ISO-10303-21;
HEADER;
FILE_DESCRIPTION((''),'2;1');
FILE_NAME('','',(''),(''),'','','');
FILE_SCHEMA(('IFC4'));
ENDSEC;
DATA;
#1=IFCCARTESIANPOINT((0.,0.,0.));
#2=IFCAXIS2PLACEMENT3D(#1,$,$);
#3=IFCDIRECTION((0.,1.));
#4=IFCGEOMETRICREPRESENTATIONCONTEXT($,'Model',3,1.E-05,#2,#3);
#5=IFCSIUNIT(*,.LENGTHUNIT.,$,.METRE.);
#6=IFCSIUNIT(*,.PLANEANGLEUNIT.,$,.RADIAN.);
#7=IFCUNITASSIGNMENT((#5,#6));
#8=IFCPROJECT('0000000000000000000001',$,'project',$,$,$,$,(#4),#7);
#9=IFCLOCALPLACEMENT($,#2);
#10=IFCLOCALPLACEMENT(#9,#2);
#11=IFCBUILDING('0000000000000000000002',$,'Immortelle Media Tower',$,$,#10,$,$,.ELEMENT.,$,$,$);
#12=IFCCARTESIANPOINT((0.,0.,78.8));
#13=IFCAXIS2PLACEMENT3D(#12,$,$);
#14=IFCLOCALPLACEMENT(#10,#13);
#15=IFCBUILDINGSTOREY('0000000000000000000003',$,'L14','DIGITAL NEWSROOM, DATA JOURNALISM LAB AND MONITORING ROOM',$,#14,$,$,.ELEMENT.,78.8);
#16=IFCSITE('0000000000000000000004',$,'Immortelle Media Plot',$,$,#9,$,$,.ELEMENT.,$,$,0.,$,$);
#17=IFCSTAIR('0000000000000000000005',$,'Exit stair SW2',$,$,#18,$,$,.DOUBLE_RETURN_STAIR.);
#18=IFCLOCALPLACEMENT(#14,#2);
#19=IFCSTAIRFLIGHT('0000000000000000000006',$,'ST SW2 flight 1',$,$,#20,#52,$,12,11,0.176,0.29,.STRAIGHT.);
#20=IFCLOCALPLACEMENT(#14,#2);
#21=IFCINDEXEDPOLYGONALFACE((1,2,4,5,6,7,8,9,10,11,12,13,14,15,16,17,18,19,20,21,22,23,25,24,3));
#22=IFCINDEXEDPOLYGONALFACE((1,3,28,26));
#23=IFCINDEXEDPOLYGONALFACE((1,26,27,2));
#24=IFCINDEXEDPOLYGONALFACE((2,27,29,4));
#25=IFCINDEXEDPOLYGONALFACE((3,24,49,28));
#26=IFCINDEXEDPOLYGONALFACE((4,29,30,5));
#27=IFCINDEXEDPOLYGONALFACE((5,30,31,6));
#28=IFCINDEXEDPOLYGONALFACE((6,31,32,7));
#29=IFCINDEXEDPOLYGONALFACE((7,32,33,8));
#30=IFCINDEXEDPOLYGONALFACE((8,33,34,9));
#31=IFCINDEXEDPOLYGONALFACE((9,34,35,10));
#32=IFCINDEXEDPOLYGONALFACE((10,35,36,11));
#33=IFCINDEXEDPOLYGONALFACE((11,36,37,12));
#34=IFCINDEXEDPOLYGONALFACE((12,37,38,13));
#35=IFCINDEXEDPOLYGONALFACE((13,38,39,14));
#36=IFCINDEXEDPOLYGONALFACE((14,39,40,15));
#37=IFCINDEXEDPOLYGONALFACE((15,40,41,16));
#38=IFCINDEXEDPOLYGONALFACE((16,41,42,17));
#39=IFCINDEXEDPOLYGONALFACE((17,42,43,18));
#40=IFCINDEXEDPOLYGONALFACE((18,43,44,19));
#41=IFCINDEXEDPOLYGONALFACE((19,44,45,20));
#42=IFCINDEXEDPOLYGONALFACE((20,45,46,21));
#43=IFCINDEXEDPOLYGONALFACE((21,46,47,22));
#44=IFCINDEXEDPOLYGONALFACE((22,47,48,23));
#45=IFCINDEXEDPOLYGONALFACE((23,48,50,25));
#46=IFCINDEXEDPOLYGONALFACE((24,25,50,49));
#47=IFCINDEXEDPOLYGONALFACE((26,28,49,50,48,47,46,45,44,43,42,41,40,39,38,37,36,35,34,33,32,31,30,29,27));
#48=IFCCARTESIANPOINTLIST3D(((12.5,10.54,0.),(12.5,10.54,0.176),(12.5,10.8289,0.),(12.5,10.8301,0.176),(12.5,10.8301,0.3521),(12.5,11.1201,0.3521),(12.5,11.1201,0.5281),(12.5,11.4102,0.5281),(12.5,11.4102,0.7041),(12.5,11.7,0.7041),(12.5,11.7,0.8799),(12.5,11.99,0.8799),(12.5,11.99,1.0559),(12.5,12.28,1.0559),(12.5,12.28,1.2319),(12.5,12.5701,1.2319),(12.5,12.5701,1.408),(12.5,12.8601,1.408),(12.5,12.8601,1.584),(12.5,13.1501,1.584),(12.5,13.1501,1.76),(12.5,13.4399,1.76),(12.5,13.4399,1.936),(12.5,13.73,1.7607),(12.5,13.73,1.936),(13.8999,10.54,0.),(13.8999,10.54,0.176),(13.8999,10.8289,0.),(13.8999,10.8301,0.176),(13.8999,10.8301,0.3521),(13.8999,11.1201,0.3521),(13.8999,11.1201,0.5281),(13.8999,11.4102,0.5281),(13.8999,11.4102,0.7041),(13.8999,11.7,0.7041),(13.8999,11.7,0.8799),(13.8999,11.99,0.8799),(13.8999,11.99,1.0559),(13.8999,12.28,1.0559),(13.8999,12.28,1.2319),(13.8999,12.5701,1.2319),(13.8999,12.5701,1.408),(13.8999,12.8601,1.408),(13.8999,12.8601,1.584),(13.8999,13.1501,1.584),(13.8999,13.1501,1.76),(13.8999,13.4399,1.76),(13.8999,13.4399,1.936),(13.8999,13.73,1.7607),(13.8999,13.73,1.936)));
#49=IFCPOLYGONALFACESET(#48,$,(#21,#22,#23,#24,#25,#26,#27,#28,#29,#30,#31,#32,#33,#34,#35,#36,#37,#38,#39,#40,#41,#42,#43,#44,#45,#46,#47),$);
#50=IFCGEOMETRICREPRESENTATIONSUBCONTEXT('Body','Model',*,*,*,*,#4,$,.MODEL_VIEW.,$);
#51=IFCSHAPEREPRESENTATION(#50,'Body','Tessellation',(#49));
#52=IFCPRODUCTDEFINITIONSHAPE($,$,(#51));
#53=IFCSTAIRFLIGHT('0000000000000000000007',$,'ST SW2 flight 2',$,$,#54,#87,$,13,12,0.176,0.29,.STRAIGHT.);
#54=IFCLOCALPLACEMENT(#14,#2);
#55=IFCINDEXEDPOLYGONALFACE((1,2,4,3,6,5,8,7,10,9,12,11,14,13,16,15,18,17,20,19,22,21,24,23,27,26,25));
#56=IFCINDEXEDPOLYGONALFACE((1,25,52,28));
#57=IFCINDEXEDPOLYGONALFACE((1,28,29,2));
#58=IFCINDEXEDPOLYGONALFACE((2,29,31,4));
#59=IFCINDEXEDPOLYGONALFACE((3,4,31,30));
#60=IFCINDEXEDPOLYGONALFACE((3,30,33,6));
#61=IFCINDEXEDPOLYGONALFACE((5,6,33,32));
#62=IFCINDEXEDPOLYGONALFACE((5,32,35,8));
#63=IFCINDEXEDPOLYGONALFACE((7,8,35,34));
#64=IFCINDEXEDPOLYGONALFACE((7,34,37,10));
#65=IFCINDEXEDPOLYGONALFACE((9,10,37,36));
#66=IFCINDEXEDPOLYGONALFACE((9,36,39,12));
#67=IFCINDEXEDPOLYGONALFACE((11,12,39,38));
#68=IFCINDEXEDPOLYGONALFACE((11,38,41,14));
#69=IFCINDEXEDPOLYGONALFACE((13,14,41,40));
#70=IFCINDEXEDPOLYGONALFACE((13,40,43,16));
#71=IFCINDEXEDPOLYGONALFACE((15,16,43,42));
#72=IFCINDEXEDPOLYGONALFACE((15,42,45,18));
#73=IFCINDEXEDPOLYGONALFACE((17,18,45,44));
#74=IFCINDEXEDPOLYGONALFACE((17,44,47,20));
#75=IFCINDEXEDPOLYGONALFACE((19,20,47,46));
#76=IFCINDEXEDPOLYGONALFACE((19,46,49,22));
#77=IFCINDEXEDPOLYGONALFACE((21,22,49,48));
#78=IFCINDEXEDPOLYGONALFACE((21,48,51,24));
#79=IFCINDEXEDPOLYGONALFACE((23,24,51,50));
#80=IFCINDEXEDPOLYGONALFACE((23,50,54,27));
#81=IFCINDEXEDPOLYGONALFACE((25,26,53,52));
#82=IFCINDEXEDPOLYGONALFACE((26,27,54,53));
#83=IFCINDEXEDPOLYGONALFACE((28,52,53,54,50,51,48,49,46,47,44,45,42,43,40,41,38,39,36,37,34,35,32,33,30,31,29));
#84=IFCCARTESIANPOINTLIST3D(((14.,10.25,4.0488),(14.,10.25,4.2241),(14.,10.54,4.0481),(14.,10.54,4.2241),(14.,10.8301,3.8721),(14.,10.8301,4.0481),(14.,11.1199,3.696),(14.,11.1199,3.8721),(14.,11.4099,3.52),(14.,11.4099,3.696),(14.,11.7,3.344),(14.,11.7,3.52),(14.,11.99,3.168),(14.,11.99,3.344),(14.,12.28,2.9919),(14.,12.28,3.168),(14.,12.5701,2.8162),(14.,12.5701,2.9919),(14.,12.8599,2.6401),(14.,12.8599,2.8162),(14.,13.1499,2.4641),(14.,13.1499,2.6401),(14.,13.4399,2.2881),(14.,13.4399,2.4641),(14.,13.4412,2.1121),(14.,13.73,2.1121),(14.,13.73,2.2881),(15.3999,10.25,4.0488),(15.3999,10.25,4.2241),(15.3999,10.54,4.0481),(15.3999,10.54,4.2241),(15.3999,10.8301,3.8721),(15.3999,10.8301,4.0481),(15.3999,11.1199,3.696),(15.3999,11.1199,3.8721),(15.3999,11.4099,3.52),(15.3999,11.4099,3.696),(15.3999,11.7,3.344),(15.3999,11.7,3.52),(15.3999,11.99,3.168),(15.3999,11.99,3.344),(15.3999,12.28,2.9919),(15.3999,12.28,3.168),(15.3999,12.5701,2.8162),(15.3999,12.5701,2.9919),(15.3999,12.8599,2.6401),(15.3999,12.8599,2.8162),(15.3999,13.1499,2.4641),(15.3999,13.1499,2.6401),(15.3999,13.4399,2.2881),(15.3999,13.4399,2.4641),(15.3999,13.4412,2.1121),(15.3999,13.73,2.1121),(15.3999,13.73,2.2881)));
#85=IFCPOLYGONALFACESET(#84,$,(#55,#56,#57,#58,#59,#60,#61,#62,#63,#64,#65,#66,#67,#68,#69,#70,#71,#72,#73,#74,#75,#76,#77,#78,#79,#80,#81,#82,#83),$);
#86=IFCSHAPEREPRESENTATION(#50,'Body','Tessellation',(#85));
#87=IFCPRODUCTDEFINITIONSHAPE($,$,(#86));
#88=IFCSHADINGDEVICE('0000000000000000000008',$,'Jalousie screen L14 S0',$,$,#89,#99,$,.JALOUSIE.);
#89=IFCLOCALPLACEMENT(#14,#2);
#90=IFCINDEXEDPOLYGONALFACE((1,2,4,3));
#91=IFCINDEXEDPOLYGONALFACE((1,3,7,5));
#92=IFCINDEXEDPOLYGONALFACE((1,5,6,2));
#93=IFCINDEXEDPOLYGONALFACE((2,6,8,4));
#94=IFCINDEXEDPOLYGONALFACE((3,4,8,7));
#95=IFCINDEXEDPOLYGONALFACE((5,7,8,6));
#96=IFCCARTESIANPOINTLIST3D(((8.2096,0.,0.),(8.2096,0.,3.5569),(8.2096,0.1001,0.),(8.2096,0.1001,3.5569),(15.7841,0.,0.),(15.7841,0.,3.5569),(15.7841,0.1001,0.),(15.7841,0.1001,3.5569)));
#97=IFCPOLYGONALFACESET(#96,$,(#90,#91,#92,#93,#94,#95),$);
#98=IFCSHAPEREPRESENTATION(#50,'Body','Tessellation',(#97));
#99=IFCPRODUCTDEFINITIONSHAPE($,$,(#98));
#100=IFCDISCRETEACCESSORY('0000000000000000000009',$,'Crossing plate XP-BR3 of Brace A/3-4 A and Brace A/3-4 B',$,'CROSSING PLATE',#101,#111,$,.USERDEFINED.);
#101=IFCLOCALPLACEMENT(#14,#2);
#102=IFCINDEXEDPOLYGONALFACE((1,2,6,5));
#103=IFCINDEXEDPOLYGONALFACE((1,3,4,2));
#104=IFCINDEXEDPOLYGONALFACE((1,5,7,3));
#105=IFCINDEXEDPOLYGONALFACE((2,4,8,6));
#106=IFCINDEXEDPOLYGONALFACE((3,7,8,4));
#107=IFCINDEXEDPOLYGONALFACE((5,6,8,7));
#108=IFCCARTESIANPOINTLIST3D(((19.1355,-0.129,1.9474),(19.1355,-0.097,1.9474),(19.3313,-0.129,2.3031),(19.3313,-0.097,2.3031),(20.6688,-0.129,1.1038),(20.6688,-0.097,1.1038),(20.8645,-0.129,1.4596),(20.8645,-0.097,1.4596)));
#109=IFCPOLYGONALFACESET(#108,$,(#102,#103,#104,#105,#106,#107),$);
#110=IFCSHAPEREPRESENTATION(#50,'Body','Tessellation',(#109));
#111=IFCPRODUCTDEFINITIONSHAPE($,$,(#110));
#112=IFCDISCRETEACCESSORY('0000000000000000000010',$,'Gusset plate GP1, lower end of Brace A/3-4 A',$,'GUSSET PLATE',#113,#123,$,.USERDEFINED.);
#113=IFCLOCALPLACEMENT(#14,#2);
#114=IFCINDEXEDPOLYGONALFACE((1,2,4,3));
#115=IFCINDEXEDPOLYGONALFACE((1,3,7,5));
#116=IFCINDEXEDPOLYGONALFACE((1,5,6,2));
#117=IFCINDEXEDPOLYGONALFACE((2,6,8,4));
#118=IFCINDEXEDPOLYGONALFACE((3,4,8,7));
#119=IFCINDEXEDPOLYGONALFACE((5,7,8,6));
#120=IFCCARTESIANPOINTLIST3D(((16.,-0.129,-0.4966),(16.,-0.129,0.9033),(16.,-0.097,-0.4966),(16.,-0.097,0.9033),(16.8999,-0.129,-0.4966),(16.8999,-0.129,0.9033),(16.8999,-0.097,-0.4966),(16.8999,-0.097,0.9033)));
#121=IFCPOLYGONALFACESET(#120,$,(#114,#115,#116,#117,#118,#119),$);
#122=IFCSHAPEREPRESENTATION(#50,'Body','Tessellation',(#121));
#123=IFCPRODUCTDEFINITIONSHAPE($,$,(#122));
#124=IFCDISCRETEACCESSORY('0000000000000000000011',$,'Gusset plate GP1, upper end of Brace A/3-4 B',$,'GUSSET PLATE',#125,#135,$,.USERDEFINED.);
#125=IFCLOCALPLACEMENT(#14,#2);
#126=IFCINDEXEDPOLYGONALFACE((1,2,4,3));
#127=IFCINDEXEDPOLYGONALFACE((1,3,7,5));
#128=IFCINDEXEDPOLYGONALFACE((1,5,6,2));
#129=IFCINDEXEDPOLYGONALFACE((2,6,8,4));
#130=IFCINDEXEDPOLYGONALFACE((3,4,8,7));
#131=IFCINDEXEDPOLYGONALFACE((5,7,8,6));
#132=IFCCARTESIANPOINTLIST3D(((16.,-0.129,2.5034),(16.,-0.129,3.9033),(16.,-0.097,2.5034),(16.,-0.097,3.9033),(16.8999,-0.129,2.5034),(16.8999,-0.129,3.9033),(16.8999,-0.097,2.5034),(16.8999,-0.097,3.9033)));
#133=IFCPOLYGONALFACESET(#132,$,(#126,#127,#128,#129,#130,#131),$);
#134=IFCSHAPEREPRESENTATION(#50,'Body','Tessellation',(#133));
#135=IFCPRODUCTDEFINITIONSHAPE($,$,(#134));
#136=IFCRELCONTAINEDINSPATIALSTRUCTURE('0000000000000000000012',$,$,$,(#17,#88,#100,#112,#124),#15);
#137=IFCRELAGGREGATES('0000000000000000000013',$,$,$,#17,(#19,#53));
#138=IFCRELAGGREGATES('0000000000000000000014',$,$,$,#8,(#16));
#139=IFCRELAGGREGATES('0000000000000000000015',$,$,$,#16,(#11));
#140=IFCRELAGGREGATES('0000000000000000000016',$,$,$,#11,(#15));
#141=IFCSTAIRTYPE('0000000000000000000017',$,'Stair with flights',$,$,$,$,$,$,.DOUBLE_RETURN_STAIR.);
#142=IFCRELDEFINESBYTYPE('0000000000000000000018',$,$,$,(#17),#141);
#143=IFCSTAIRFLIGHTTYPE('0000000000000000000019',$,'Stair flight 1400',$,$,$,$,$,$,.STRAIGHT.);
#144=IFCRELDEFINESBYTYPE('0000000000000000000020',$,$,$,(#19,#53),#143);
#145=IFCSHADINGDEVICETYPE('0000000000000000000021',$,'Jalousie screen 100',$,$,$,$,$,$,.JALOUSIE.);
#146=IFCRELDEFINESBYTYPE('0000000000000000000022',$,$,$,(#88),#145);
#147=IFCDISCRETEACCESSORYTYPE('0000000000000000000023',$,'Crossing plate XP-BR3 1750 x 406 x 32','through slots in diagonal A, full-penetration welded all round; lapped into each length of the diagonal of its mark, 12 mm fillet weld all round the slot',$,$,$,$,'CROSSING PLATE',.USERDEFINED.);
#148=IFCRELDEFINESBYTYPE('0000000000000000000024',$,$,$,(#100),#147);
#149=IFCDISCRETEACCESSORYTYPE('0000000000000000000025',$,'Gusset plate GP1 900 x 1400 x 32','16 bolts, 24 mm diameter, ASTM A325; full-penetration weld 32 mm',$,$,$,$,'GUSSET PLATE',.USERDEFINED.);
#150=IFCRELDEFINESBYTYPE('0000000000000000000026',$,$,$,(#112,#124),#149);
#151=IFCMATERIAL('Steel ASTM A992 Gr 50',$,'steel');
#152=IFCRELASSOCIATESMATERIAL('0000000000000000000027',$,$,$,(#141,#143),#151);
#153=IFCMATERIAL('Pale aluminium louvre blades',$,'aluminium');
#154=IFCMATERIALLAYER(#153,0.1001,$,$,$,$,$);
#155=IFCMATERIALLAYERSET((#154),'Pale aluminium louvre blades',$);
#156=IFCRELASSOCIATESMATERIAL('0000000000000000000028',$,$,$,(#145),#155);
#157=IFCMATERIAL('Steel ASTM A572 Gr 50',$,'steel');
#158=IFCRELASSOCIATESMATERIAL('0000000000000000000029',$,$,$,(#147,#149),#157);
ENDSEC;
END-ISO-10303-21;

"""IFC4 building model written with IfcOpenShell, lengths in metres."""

from ifc_helpers import new_model, si_unit, direction, frame, origin, origin_2d, place, context, subcontext, project, spatial, polyline, rectangle, outline, extrude, material, layer, layer_set, material_profile, profile_set, type_object, element, aggregate, save


model = new_model("IFC4")

# Units and contexts
model_context = context("Model", 3, precision=1e-05, world=origin(), true_north=direction((0.0, 1.0)))
body_context = subcontext(model_context, "Body", "Model", "MODEL_VIEW")
ifc_project = project(units=[si_unit("LENGTHUNIT", "METRE"), si_unit("PLANEANGLEUNIT", "RADIAN")], contexts=[model_context])

# Site, building, storey
site_placement = place(None, origin())
site = spatial("IfcSite", under=ifc_project, at=site_placement, Name="Immortelle Media Plot", CompositionType="ELEMENT", RefElevation=0.0)
building_placement = place(site_placement, origin())
building = spatial("IfcBuilding", under=site, at=building_placement, Name="Immortelle Media Tower", CompositionType="ELEMENT")
storey_placement = place(building_placement, frame((0.0, 0.0, 78.8)))
storey = spatial("IfcBuildingStorey", under=building, at=storey_placement, Name="L14", Description="DIGITAL NEWSROOM, DATA JOURNALISM LAB AND MONITORING ROOM", CompositionType="ELEMENT", Elevation=78.8)

# Shared definitions
ifc_material_1 = material(Name="Steel ASTM A992 Gr 50", Category="steel")

# Shared definitions
stair_type = type_object("IfcStairType", Name="Stair with flights", PredefinedType="DOUBLE_RETURN_STAIR", material=ifc_material_1)
stair_flight_type = type_object("IfcStairFlightType", Name="Stair flight 1400", PredefinedType="STRAIGHT", material=ifc_material_1)

# Stair, stair flights
stair_1_placement = place(storey_placement, origin())
stair_1 = element("IfcStair", 1, at=stair_1_placement, inside=storey, type_object=stair_type, Name="Exit stair SW2", PredefinedType="DOUBLE_RETURN_STAIR")
stair_flight_1_placement = place(storey_placement, frame((13.2, 10.54, 0.0), z_axis=(0.0, 0.0, 1.0), x_axis=(0.0, 1.0, 0.0)))
stair_flight_1 = element("IfcStairFlight", 2, at=stair_flight_1_placement, type_object=stair_flight_type, Name="ST SW2 flight 1", NumberOfRisers=12, NumberOfTreads=11, PredefinedType="STRAIGHT", RiserHeight=0.176, TreadLength=0.29, context=body_context, shape_type="SweptSolid", body=[
    extrude(outline(polyline([(0.0, 0.0), (0.0, 0.176), (0.29, 0.176), (0.29, 0.3521), (0.5801, 0.3521), (0.5801, 0.5281), (0.8701, 0.5281), (0.8701, 0.7041), (1.1599, 0.7041), (1.1599, 0.8799), (1.45, 0.8799), (1.45, 1.0559), (1.74, 1.0559), (1.74, 1.2319), (2.03, 1.2319), (2.03, 1.408), (2.3201, 1.408), (2.3201, 1.584), (2.6101, 1.584), (2.6101, 1.76), (2.8999, 1.76), (2.8999, 1.936), (3.1899, 1.936), (3.1899, 2.1121), (3.1899, 1.7607), (0.2888, 0.0), (0.0, 0.0)])), frame((0.0, 0.7, 0.0), z_axis=(0.0, -1.0, 0.0), x_axis=(1.0, 0.0, 0.0)), (0.0, 0.0, 1.0), 1.3999),
])
stair_flight_2_placement = place(storey_placement, frame((14.7, 13.73, 2.1121), z_axis=(0.0, 0.0, 1.0), x_axis=(0.0, -1.0, 0.0)))
stair_flight_2 = element("IfcStairFlight", 3, at=stair_flight_2_placement, type_object=stair_flight_type, Name="ST SW2 flight 2", NumberOfRisers=13, NumberOfTreads=12, PredefinedType="STRAIGHT", RiserHeight=0.176, TreadLength=0.29, context=body_context, shape_type="SweptSolid", body=[
    extrude(outline(polyline([(0.0, 0.0), (0.0, 0.176), (0.29, 0.176), (0.29, 0.3521), (0.5801, 0.3521), (0.5801, 0.5281), (0.8701, 0.5281), (0.8701, 0.7041), (1.1599, 0.7041), (1.1599, 0.8799), (1.45, 0.8799), (1.45, 1.0559), (1.74, 1.0559), (1.74, 1.2319), (2.03, 1.2319), (2.03, 1.408), (2.3201, 1.408), (2.3201, 1.584), (2.6101, 1.584), (2.6101, 1.76), (2.8999, 1.76), (2.8999, 1.936), (3.1899, 1.936), (3.1899, 2.1121), (3.48, 2.1121), (3.48, 2.2881), (3.48, 1.9368), (0.2888, 0.0), (0.0, 0.0)])), frame((0.0, 0.7, 0.0), z_axis=(0.0, -1.0, 0.0), x_axis=(1.0, 0.0, 0.0)), (0.0, 0.0, 1.0), 1.3999),
])
aggregate(stair_1, [stair_flight_1, stair_flight_2])

# Shading device
ifc_material_2 = material(Name="Pale aluminium louvre blades", Category="aluminium")
ifc_layer_1 = layer(ifc_material_2, 0.1001)
ifc_layer_set_1 = layer_set([ifc_layer_1], Name="Pale aluminium louvre blades")
shading_device_type = type_object("IfcShadingDeviceType", Name="Jalousie screen 100", PredefinedType="JALOUSIE", material=ifc_layer_set_1)
shading_device_placement = place(storey_placement, frame((11.9968, 0.05, 0.0), z_axis=(0.0, 0.0, 1.0), x_axis=(1.0, 0.0, 0.0)))
element("IfcShadingDevice", 4, at=shading_device_placement, inside=storey, type_object=shading_device_type, Name="Jalousie screen L14 S0", PredefinedType="JALOUSIE", context=body_context, shape_type="SweptSolid", body=[
    extrude(rectangle(XDim=7.5745, YDim=0.1001, at=origin_2d()), origin(), (0.0, 0.0, 1.0), 3.5569),
])

# Discrete accessories
ifc_material_3 = material(Name="Steel ASTM A572 Gr 50", Category="steel")
ifc_material_profile_1 = material_profile(ifc_material_3, rectangle(XDim=0.032, YDim=0.406, at=origin_2d()), Name="PL 32 x 406")
ifc_profile_set_1 = profile_set([ifc_material_profile_1], Name="Steel ASTM A572 Gr 50")
discrete_accessory_type_1 = type_object("IfcDiscreteAccessoryType", Name="Crossing plate XP-BR3 1750 x 406 x 32", Description="through slots in diagonal A, full-penetration welded all round; lapped into each length of the diagonal of its mark, 12 mm fillet weld all round the slot", ElementType="CROSSING PLATE", PredefinedType="USERDEFINED", material=ifc_profile_set_1)
discrete_accessory_placement = place(storey_placement, frame((19.2334, -0.113, 2.1252), z_axis=(0.876157, 0.0, -0.482026), x_axis=(0.0, 1.0, 0.0)))
element("IfcDiscreteAccessory", 5, at=discrete_accessory_placement, inside=storey, type_object=discrete_accessory_type_1, Name="Crossing plate XP-BR3 of Brace A/3-4 A and Brace A/3-4 B", ObjectType="CROSSING PLATE", PredefinedType="USERDEFINED", context=body_context, shape_type="SweptSolid", body=[
    extrude(rectangle(XDim=0.032, YDim=0.406, at=origin_2d()), origin(), (0.0, 0.0, 1.0), 1.75),
])
ifc_material_profile_2 = material_profile(ifc_material_3, rectangle(XDim=0.032, YDim=1.3999, at=origin_2d()), Name="PL 32 x 1400")
ifc_profile_set_2 = profile_set([ifc_material_profile_2], Name="Steel ASTM A572 Gr 50")
discrete_accessory_type_2 = type_object("IfcDiscreteAccessoryType", Name="Gusset plate GP1 900 x 1400 x 32", Description="16 bolts, 24 mm diameter, ASTM A325; full-penetration weld 32 mm", ElementType="GUSSET PLATE", PredefinedType="USERDEFINED", material=ifc_profile_set_2)
for number, where, z_axis, x_axis, name in (
    (6, (16.0, -0.113, 0.2034), (1.0, 0.0, 0.0), (0.0, 1.0, 0.0), "Gusset plate GP1, lower end of Brace A/3-4 A"),
    (7, (16.0, -0.113, 3.2034), (1.0, 0.0, 0.0), (0.0, 1.0, 0.0), "Gusset plate GP1, upper end of Brace A/3-4 B"),
):
    element("IfcDiscreteAccessory", number, at=place(storey_placement, frame(where, z_axis=z_axis, x_axis=x_axis)), inside=storey, type_object=discrete_accessory_type_2, Name=name, ObjectType="GUSSET PLATE", PredefinedType="USERDEFINED", context=body_context, shape_type="SweptSolid", body=[
        extrude(rectangle(XDim=0.032, YDim=1.3999, at=origin_2d()), origin(), (0.0, 0.0, 1.0), 0.8999),
    ])

save(model, "model.ifc")
